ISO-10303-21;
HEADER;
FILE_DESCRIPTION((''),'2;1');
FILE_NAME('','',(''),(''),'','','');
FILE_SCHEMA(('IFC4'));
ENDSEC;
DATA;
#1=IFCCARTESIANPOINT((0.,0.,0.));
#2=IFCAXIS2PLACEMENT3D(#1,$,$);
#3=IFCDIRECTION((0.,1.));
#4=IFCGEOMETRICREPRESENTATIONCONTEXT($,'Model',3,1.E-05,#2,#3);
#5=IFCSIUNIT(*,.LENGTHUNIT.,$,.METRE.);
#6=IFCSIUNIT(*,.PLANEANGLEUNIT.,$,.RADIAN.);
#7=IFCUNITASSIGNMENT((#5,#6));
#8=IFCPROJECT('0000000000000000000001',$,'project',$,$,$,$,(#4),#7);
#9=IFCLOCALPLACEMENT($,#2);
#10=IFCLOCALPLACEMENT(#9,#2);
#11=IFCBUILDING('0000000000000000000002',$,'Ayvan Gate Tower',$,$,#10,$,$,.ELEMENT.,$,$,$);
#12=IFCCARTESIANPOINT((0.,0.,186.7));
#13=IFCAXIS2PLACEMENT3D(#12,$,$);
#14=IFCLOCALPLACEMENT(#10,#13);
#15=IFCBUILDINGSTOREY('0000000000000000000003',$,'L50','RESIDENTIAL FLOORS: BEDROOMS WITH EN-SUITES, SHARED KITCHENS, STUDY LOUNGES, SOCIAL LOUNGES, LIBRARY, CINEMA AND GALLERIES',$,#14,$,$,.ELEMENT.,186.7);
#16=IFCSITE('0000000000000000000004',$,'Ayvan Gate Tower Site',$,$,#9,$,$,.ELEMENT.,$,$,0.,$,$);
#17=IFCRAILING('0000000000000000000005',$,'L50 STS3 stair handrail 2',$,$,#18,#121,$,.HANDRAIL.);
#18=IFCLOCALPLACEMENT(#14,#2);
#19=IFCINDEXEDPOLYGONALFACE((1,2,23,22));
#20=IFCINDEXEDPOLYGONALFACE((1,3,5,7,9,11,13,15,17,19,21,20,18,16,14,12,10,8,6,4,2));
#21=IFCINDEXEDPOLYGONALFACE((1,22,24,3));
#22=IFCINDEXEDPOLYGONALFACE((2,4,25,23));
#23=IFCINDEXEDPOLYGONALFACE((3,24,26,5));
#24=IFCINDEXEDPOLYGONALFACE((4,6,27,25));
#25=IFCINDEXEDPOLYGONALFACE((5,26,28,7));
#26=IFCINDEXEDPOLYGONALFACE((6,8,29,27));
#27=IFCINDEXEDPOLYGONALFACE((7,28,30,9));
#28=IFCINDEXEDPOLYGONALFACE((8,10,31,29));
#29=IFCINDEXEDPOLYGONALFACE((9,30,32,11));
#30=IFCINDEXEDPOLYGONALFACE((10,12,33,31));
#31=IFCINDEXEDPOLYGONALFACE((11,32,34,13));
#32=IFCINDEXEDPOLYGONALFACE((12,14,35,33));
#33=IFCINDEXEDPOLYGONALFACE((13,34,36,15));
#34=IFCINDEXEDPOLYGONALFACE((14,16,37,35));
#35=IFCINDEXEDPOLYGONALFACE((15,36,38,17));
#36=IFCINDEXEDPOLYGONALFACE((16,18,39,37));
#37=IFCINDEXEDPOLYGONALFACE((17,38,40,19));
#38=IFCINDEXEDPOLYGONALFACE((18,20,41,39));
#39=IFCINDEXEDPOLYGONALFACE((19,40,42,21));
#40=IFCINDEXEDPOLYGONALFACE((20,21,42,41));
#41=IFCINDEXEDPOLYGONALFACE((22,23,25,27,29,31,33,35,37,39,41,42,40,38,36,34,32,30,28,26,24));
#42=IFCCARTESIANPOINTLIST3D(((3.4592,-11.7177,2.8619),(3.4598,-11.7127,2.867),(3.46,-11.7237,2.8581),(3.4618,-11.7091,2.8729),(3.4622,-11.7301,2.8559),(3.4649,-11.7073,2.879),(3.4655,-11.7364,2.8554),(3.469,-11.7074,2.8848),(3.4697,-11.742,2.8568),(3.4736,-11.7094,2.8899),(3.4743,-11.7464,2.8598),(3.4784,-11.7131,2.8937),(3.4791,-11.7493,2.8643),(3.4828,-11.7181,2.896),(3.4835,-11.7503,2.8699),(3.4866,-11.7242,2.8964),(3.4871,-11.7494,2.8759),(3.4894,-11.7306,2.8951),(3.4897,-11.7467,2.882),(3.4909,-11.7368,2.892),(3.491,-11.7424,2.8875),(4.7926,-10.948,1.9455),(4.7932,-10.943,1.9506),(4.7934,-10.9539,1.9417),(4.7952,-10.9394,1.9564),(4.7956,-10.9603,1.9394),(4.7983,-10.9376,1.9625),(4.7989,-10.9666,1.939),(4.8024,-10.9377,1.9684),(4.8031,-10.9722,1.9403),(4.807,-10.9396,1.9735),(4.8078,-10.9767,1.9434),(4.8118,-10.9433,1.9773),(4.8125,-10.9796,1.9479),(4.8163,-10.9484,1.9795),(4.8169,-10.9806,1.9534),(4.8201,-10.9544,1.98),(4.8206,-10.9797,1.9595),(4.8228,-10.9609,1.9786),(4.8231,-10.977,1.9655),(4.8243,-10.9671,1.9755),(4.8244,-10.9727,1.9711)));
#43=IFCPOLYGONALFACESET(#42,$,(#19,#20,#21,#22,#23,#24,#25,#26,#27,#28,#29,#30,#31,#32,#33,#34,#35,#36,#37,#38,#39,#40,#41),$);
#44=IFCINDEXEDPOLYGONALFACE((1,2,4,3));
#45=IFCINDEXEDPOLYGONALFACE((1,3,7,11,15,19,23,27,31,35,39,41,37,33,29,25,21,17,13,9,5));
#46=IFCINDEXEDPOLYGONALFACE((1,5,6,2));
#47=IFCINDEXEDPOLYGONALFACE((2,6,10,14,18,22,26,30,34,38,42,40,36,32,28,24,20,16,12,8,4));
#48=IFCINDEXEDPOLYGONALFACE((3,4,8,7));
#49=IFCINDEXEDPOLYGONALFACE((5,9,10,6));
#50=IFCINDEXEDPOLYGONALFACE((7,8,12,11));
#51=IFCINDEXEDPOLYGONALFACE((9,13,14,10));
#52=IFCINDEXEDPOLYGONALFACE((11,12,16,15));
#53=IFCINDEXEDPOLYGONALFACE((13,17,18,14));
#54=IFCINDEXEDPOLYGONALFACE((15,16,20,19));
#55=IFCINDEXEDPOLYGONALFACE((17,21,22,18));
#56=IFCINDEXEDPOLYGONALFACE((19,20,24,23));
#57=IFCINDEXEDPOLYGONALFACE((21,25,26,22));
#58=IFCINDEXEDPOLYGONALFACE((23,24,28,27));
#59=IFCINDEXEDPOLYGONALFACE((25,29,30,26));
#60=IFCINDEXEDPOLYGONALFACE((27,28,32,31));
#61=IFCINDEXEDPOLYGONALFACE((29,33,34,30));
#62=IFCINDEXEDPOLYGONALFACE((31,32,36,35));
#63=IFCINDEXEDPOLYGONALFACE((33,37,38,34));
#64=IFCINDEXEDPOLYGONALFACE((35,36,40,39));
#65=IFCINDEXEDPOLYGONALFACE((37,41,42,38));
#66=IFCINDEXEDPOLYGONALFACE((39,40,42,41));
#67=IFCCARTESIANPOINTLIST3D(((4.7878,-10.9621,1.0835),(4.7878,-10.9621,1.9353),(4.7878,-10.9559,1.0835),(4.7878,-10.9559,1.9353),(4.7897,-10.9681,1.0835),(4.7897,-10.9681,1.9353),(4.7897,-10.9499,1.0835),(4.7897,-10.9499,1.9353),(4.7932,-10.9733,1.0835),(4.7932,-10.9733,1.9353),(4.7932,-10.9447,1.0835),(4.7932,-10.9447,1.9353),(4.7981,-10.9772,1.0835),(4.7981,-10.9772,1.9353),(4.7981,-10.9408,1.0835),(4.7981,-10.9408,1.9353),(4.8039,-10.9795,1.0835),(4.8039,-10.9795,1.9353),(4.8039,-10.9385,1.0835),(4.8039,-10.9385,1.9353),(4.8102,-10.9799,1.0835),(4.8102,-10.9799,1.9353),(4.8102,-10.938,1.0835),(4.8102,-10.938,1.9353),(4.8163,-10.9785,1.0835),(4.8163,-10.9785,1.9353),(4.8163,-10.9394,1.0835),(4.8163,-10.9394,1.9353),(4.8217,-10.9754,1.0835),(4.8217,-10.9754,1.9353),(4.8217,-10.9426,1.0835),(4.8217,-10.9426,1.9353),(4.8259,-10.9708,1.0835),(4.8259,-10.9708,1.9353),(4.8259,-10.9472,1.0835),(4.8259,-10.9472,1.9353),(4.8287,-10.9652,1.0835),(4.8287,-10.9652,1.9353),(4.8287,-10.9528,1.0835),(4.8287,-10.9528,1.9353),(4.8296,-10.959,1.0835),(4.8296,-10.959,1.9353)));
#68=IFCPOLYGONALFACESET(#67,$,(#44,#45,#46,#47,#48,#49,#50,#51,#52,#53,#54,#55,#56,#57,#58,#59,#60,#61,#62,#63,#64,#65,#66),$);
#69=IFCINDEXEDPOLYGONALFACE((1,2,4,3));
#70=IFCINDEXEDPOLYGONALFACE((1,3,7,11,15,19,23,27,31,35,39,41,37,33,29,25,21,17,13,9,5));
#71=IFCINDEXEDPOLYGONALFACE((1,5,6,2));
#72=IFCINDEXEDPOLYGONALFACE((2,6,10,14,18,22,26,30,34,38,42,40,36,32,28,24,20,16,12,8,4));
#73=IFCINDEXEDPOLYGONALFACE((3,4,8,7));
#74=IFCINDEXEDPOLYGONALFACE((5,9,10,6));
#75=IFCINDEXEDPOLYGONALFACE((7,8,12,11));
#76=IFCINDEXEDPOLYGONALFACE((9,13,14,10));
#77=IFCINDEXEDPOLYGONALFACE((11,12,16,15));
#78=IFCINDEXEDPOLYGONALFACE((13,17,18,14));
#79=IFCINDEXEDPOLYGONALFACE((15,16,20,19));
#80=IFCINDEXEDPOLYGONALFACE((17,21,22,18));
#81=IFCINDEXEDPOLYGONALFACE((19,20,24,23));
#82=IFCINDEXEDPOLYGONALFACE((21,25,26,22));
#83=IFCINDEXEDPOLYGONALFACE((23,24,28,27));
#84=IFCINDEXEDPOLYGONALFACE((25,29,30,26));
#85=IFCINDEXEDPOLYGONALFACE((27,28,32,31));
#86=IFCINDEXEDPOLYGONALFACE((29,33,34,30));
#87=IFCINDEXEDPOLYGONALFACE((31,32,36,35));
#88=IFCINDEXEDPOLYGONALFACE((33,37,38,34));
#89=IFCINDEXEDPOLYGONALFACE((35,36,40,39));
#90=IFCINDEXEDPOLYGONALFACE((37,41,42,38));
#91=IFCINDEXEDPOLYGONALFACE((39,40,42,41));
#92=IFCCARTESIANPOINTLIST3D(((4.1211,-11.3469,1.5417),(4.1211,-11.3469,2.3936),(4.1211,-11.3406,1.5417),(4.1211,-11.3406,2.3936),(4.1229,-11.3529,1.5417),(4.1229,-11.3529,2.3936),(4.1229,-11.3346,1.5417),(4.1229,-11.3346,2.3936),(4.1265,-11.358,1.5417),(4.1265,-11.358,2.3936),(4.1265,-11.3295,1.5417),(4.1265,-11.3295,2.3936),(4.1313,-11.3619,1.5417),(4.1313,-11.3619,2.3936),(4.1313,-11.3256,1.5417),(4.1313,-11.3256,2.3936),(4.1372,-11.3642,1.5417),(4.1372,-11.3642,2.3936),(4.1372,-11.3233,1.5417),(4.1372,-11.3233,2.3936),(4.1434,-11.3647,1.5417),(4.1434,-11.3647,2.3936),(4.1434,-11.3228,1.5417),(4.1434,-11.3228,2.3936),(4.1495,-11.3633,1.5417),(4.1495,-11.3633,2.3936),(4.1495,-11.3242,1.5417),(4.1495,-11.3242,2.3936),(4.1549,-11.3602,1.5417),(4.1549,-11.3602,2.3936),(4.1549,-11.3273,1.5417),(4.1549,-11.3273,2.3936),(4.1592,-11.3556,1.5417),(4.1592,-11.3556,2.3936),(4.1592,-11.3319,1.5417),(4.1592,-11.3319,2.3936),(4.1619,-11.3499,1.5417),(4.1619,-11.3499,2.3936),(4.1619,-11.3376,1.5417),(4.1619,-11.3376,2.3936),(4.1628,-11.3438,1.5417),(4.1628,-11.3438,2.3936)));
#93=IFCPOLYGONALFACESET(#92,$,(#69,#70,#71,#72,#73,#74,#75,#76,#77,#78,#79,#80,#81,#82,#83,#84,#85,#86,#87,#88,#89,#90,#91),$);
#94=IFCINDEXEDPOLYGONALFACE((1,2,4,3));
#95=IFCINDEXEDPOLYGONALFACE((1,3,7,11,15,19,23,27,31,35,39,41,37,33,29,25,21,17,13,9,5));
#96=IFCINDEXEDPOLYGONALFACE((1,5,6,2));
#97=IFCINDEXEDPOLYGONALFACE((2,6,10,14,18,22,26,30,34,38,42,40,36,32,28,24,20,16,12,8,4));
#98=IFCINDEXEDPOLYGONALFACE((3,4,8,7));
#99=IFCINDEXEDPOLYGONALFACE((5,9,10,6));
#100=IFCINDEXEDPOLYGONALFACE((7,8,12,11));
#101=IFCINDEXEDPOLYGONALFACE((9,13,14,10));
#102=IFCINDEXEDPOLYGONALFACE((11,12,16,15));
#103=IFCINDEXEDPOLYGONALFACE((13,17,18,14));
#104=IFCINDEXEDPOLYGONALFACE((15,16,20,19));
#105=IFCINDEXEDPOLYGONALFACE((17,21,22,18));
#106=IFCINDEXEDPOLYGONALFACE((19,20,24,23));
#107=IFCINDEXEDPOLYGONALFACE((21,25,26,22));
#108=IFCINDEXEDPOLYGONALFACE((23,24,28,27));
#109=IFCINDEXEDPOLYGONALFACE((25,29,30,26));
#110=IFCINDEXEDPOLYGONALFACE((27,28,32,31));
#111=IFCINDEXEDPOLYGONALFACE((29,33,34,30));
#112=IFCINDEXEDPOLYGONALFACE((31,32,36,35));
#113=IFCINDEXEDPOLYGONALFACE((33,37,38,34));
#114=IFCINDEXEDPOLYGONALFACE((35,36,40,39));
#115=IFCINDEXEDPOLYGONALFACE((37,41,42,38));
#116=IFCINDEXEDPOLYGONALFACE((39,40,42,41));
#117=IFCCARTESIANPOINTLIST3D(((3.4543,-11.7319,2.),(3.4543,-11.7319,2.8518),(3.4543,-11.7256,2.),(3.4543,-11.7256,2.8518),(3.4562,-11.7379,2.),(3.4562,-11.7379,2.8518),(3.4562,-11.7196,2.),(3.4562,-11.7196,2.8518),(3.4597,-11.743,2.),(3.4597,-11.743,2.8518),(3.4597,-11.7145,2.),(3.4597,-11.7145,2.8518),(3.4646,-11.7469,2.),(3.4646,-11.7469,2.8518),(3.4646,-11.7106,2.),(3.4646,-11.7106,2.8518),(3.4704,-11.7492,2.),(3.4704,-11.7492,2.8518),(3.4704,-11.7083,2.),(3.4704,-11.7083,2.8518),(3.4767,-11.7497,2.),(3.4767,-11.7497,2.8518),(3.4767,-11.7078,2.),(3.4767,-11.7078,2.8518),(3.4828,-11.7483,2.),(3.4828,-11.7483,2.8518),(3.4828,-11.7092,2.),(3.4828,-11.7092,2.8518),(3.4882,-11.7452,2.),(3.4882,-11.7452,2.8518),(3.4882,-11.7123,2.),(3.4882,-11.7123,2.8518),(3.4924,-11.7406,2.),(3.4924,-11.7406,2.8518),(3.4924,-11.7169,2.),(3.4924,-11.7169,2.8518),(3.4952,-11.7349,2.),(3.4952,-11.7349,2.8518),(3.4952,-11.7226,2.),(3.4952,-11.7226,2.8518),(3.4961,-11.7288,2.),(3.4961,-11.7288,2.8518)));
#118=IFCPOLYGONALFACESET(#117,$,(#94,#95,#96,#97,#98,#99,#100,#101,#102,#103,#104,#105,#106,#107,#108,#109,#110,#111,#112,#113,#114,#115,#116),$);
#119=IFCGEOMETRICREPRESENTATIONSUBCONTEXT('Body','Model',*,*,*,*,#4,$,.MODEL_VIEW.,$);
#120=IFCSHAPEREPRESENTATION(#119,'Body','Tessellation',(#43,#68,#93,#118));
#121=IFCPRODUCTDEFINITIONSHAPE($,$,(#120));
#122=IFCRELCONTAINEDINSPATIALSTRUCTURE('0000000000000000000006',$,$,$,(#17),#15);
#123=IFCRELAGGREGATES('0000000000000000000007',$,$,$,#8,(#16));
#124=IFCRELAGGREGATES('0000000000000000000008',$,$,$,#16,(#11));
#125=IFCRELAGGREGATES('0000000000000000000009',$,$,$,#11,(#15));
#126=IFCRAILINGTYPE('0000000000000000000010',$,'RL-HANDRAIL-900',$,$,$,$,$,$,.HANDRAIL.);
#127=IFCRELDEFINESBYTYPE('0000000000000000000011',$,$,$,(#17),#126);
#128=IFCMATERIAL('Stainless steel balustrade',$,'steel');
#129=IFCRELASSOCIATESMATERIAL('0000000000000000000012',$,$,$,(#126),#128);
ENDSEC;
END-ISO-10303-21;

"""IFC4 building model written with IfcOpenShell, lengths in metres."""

from ifc_helpers import new_model, si_unit, direction, frame, origin, origin_2d, place, context, subcontext, project, spatial, circle, extrude, material, type_object, element, save


model = new_model("IFC4")

# Units and contexts
model_context = context("Model", 3, precision=1e-05, world=origin(), true_north=direction((0.0, 1.0)))
body_context = subcontext(model_context, "Body", "Model", "MODEL_VIEW")
ifc_project = project(units=[si_unit("LENGTHUNIT", "METRE"), si_unit("PLANEANGLEUNIT", "RADIAN")], contexts=[model_context])

# Site, building, storey
site_placement = place(None, origin())
site = spatial("IfcSite", under=ifc_project, at=site_placement, Name="Ayvan Gate Tower Site", CompositionType="ELEMENT", RefElevation=0.0)
building_placement = place(site_placement, origin())
building = spatial("IfcBuilding", under=site, at=building_placement, Name="Ayvan Gate Tower", CompositionType="ELEMENT")
storey_placement = place(building_placement, frame((0.0, 0.0, 186.7)))
storey = spatial("IfcBuildingStorey", under=building, at=storey_placement, Name="L50", Description="RESIDENTIAL FLOORS: BEDROOMS WITH EN-SUITES, SHARED KITCHENS, STUDY LOUNGES, SOCIAL LOUNGES, LIBRARY, CINEMA AND GALLERIES", CompositionType="ELEMENT", Elevation=186.7)

# Railing
ifc_material_1 = material(Name="Stainless steel balustrade", Category="steel")
railing_type_1 = type_object("IfcRailingType", Name="RL-HANDRAIL-900", PredefinedType="HANDRAIL", material=ifc_material_1)
railing_1_placement = place(storey_placement, frame((4.8086, -10.959, 1.0835)))
element("IfcRailing", 1, at=railing_1_placement, inside=storey, type_object=railing_type_1, Name="L50 STS3 stair handrail 2", PredefinedType="HANDRAIL", context=body_context, shape_type="SweptSolid", body=[
    extrude(circle(Radius=0.0239, at=origin_2d()), frame((0.0, 0.0, 0.876), z_axis=(-0.744199, -0.429597, 0.511483), x_axis=(0.499942, -0.866059, 0.0)), (0.0, 0.0, 1.0), 1.7917),
    extrude(circle(Radius=0.021, at=origin_2d()), origin(), (0.0, 0.0, 1.0), 0.8518),
    extrude(circle(Radius=0.021, at=origin_2d()), frame((-0.6667, -0.3848, 0.4583)), (0.0, 0.0, 1.0), 0.8518),
    extrude(circle(Radius=0.021, at=origin_2d()), frame((-1.3335, -0.7698, 0.9165)), (0.0, 0.0, 1.0), 0.8518),
])

save(model, "model.ifc")
